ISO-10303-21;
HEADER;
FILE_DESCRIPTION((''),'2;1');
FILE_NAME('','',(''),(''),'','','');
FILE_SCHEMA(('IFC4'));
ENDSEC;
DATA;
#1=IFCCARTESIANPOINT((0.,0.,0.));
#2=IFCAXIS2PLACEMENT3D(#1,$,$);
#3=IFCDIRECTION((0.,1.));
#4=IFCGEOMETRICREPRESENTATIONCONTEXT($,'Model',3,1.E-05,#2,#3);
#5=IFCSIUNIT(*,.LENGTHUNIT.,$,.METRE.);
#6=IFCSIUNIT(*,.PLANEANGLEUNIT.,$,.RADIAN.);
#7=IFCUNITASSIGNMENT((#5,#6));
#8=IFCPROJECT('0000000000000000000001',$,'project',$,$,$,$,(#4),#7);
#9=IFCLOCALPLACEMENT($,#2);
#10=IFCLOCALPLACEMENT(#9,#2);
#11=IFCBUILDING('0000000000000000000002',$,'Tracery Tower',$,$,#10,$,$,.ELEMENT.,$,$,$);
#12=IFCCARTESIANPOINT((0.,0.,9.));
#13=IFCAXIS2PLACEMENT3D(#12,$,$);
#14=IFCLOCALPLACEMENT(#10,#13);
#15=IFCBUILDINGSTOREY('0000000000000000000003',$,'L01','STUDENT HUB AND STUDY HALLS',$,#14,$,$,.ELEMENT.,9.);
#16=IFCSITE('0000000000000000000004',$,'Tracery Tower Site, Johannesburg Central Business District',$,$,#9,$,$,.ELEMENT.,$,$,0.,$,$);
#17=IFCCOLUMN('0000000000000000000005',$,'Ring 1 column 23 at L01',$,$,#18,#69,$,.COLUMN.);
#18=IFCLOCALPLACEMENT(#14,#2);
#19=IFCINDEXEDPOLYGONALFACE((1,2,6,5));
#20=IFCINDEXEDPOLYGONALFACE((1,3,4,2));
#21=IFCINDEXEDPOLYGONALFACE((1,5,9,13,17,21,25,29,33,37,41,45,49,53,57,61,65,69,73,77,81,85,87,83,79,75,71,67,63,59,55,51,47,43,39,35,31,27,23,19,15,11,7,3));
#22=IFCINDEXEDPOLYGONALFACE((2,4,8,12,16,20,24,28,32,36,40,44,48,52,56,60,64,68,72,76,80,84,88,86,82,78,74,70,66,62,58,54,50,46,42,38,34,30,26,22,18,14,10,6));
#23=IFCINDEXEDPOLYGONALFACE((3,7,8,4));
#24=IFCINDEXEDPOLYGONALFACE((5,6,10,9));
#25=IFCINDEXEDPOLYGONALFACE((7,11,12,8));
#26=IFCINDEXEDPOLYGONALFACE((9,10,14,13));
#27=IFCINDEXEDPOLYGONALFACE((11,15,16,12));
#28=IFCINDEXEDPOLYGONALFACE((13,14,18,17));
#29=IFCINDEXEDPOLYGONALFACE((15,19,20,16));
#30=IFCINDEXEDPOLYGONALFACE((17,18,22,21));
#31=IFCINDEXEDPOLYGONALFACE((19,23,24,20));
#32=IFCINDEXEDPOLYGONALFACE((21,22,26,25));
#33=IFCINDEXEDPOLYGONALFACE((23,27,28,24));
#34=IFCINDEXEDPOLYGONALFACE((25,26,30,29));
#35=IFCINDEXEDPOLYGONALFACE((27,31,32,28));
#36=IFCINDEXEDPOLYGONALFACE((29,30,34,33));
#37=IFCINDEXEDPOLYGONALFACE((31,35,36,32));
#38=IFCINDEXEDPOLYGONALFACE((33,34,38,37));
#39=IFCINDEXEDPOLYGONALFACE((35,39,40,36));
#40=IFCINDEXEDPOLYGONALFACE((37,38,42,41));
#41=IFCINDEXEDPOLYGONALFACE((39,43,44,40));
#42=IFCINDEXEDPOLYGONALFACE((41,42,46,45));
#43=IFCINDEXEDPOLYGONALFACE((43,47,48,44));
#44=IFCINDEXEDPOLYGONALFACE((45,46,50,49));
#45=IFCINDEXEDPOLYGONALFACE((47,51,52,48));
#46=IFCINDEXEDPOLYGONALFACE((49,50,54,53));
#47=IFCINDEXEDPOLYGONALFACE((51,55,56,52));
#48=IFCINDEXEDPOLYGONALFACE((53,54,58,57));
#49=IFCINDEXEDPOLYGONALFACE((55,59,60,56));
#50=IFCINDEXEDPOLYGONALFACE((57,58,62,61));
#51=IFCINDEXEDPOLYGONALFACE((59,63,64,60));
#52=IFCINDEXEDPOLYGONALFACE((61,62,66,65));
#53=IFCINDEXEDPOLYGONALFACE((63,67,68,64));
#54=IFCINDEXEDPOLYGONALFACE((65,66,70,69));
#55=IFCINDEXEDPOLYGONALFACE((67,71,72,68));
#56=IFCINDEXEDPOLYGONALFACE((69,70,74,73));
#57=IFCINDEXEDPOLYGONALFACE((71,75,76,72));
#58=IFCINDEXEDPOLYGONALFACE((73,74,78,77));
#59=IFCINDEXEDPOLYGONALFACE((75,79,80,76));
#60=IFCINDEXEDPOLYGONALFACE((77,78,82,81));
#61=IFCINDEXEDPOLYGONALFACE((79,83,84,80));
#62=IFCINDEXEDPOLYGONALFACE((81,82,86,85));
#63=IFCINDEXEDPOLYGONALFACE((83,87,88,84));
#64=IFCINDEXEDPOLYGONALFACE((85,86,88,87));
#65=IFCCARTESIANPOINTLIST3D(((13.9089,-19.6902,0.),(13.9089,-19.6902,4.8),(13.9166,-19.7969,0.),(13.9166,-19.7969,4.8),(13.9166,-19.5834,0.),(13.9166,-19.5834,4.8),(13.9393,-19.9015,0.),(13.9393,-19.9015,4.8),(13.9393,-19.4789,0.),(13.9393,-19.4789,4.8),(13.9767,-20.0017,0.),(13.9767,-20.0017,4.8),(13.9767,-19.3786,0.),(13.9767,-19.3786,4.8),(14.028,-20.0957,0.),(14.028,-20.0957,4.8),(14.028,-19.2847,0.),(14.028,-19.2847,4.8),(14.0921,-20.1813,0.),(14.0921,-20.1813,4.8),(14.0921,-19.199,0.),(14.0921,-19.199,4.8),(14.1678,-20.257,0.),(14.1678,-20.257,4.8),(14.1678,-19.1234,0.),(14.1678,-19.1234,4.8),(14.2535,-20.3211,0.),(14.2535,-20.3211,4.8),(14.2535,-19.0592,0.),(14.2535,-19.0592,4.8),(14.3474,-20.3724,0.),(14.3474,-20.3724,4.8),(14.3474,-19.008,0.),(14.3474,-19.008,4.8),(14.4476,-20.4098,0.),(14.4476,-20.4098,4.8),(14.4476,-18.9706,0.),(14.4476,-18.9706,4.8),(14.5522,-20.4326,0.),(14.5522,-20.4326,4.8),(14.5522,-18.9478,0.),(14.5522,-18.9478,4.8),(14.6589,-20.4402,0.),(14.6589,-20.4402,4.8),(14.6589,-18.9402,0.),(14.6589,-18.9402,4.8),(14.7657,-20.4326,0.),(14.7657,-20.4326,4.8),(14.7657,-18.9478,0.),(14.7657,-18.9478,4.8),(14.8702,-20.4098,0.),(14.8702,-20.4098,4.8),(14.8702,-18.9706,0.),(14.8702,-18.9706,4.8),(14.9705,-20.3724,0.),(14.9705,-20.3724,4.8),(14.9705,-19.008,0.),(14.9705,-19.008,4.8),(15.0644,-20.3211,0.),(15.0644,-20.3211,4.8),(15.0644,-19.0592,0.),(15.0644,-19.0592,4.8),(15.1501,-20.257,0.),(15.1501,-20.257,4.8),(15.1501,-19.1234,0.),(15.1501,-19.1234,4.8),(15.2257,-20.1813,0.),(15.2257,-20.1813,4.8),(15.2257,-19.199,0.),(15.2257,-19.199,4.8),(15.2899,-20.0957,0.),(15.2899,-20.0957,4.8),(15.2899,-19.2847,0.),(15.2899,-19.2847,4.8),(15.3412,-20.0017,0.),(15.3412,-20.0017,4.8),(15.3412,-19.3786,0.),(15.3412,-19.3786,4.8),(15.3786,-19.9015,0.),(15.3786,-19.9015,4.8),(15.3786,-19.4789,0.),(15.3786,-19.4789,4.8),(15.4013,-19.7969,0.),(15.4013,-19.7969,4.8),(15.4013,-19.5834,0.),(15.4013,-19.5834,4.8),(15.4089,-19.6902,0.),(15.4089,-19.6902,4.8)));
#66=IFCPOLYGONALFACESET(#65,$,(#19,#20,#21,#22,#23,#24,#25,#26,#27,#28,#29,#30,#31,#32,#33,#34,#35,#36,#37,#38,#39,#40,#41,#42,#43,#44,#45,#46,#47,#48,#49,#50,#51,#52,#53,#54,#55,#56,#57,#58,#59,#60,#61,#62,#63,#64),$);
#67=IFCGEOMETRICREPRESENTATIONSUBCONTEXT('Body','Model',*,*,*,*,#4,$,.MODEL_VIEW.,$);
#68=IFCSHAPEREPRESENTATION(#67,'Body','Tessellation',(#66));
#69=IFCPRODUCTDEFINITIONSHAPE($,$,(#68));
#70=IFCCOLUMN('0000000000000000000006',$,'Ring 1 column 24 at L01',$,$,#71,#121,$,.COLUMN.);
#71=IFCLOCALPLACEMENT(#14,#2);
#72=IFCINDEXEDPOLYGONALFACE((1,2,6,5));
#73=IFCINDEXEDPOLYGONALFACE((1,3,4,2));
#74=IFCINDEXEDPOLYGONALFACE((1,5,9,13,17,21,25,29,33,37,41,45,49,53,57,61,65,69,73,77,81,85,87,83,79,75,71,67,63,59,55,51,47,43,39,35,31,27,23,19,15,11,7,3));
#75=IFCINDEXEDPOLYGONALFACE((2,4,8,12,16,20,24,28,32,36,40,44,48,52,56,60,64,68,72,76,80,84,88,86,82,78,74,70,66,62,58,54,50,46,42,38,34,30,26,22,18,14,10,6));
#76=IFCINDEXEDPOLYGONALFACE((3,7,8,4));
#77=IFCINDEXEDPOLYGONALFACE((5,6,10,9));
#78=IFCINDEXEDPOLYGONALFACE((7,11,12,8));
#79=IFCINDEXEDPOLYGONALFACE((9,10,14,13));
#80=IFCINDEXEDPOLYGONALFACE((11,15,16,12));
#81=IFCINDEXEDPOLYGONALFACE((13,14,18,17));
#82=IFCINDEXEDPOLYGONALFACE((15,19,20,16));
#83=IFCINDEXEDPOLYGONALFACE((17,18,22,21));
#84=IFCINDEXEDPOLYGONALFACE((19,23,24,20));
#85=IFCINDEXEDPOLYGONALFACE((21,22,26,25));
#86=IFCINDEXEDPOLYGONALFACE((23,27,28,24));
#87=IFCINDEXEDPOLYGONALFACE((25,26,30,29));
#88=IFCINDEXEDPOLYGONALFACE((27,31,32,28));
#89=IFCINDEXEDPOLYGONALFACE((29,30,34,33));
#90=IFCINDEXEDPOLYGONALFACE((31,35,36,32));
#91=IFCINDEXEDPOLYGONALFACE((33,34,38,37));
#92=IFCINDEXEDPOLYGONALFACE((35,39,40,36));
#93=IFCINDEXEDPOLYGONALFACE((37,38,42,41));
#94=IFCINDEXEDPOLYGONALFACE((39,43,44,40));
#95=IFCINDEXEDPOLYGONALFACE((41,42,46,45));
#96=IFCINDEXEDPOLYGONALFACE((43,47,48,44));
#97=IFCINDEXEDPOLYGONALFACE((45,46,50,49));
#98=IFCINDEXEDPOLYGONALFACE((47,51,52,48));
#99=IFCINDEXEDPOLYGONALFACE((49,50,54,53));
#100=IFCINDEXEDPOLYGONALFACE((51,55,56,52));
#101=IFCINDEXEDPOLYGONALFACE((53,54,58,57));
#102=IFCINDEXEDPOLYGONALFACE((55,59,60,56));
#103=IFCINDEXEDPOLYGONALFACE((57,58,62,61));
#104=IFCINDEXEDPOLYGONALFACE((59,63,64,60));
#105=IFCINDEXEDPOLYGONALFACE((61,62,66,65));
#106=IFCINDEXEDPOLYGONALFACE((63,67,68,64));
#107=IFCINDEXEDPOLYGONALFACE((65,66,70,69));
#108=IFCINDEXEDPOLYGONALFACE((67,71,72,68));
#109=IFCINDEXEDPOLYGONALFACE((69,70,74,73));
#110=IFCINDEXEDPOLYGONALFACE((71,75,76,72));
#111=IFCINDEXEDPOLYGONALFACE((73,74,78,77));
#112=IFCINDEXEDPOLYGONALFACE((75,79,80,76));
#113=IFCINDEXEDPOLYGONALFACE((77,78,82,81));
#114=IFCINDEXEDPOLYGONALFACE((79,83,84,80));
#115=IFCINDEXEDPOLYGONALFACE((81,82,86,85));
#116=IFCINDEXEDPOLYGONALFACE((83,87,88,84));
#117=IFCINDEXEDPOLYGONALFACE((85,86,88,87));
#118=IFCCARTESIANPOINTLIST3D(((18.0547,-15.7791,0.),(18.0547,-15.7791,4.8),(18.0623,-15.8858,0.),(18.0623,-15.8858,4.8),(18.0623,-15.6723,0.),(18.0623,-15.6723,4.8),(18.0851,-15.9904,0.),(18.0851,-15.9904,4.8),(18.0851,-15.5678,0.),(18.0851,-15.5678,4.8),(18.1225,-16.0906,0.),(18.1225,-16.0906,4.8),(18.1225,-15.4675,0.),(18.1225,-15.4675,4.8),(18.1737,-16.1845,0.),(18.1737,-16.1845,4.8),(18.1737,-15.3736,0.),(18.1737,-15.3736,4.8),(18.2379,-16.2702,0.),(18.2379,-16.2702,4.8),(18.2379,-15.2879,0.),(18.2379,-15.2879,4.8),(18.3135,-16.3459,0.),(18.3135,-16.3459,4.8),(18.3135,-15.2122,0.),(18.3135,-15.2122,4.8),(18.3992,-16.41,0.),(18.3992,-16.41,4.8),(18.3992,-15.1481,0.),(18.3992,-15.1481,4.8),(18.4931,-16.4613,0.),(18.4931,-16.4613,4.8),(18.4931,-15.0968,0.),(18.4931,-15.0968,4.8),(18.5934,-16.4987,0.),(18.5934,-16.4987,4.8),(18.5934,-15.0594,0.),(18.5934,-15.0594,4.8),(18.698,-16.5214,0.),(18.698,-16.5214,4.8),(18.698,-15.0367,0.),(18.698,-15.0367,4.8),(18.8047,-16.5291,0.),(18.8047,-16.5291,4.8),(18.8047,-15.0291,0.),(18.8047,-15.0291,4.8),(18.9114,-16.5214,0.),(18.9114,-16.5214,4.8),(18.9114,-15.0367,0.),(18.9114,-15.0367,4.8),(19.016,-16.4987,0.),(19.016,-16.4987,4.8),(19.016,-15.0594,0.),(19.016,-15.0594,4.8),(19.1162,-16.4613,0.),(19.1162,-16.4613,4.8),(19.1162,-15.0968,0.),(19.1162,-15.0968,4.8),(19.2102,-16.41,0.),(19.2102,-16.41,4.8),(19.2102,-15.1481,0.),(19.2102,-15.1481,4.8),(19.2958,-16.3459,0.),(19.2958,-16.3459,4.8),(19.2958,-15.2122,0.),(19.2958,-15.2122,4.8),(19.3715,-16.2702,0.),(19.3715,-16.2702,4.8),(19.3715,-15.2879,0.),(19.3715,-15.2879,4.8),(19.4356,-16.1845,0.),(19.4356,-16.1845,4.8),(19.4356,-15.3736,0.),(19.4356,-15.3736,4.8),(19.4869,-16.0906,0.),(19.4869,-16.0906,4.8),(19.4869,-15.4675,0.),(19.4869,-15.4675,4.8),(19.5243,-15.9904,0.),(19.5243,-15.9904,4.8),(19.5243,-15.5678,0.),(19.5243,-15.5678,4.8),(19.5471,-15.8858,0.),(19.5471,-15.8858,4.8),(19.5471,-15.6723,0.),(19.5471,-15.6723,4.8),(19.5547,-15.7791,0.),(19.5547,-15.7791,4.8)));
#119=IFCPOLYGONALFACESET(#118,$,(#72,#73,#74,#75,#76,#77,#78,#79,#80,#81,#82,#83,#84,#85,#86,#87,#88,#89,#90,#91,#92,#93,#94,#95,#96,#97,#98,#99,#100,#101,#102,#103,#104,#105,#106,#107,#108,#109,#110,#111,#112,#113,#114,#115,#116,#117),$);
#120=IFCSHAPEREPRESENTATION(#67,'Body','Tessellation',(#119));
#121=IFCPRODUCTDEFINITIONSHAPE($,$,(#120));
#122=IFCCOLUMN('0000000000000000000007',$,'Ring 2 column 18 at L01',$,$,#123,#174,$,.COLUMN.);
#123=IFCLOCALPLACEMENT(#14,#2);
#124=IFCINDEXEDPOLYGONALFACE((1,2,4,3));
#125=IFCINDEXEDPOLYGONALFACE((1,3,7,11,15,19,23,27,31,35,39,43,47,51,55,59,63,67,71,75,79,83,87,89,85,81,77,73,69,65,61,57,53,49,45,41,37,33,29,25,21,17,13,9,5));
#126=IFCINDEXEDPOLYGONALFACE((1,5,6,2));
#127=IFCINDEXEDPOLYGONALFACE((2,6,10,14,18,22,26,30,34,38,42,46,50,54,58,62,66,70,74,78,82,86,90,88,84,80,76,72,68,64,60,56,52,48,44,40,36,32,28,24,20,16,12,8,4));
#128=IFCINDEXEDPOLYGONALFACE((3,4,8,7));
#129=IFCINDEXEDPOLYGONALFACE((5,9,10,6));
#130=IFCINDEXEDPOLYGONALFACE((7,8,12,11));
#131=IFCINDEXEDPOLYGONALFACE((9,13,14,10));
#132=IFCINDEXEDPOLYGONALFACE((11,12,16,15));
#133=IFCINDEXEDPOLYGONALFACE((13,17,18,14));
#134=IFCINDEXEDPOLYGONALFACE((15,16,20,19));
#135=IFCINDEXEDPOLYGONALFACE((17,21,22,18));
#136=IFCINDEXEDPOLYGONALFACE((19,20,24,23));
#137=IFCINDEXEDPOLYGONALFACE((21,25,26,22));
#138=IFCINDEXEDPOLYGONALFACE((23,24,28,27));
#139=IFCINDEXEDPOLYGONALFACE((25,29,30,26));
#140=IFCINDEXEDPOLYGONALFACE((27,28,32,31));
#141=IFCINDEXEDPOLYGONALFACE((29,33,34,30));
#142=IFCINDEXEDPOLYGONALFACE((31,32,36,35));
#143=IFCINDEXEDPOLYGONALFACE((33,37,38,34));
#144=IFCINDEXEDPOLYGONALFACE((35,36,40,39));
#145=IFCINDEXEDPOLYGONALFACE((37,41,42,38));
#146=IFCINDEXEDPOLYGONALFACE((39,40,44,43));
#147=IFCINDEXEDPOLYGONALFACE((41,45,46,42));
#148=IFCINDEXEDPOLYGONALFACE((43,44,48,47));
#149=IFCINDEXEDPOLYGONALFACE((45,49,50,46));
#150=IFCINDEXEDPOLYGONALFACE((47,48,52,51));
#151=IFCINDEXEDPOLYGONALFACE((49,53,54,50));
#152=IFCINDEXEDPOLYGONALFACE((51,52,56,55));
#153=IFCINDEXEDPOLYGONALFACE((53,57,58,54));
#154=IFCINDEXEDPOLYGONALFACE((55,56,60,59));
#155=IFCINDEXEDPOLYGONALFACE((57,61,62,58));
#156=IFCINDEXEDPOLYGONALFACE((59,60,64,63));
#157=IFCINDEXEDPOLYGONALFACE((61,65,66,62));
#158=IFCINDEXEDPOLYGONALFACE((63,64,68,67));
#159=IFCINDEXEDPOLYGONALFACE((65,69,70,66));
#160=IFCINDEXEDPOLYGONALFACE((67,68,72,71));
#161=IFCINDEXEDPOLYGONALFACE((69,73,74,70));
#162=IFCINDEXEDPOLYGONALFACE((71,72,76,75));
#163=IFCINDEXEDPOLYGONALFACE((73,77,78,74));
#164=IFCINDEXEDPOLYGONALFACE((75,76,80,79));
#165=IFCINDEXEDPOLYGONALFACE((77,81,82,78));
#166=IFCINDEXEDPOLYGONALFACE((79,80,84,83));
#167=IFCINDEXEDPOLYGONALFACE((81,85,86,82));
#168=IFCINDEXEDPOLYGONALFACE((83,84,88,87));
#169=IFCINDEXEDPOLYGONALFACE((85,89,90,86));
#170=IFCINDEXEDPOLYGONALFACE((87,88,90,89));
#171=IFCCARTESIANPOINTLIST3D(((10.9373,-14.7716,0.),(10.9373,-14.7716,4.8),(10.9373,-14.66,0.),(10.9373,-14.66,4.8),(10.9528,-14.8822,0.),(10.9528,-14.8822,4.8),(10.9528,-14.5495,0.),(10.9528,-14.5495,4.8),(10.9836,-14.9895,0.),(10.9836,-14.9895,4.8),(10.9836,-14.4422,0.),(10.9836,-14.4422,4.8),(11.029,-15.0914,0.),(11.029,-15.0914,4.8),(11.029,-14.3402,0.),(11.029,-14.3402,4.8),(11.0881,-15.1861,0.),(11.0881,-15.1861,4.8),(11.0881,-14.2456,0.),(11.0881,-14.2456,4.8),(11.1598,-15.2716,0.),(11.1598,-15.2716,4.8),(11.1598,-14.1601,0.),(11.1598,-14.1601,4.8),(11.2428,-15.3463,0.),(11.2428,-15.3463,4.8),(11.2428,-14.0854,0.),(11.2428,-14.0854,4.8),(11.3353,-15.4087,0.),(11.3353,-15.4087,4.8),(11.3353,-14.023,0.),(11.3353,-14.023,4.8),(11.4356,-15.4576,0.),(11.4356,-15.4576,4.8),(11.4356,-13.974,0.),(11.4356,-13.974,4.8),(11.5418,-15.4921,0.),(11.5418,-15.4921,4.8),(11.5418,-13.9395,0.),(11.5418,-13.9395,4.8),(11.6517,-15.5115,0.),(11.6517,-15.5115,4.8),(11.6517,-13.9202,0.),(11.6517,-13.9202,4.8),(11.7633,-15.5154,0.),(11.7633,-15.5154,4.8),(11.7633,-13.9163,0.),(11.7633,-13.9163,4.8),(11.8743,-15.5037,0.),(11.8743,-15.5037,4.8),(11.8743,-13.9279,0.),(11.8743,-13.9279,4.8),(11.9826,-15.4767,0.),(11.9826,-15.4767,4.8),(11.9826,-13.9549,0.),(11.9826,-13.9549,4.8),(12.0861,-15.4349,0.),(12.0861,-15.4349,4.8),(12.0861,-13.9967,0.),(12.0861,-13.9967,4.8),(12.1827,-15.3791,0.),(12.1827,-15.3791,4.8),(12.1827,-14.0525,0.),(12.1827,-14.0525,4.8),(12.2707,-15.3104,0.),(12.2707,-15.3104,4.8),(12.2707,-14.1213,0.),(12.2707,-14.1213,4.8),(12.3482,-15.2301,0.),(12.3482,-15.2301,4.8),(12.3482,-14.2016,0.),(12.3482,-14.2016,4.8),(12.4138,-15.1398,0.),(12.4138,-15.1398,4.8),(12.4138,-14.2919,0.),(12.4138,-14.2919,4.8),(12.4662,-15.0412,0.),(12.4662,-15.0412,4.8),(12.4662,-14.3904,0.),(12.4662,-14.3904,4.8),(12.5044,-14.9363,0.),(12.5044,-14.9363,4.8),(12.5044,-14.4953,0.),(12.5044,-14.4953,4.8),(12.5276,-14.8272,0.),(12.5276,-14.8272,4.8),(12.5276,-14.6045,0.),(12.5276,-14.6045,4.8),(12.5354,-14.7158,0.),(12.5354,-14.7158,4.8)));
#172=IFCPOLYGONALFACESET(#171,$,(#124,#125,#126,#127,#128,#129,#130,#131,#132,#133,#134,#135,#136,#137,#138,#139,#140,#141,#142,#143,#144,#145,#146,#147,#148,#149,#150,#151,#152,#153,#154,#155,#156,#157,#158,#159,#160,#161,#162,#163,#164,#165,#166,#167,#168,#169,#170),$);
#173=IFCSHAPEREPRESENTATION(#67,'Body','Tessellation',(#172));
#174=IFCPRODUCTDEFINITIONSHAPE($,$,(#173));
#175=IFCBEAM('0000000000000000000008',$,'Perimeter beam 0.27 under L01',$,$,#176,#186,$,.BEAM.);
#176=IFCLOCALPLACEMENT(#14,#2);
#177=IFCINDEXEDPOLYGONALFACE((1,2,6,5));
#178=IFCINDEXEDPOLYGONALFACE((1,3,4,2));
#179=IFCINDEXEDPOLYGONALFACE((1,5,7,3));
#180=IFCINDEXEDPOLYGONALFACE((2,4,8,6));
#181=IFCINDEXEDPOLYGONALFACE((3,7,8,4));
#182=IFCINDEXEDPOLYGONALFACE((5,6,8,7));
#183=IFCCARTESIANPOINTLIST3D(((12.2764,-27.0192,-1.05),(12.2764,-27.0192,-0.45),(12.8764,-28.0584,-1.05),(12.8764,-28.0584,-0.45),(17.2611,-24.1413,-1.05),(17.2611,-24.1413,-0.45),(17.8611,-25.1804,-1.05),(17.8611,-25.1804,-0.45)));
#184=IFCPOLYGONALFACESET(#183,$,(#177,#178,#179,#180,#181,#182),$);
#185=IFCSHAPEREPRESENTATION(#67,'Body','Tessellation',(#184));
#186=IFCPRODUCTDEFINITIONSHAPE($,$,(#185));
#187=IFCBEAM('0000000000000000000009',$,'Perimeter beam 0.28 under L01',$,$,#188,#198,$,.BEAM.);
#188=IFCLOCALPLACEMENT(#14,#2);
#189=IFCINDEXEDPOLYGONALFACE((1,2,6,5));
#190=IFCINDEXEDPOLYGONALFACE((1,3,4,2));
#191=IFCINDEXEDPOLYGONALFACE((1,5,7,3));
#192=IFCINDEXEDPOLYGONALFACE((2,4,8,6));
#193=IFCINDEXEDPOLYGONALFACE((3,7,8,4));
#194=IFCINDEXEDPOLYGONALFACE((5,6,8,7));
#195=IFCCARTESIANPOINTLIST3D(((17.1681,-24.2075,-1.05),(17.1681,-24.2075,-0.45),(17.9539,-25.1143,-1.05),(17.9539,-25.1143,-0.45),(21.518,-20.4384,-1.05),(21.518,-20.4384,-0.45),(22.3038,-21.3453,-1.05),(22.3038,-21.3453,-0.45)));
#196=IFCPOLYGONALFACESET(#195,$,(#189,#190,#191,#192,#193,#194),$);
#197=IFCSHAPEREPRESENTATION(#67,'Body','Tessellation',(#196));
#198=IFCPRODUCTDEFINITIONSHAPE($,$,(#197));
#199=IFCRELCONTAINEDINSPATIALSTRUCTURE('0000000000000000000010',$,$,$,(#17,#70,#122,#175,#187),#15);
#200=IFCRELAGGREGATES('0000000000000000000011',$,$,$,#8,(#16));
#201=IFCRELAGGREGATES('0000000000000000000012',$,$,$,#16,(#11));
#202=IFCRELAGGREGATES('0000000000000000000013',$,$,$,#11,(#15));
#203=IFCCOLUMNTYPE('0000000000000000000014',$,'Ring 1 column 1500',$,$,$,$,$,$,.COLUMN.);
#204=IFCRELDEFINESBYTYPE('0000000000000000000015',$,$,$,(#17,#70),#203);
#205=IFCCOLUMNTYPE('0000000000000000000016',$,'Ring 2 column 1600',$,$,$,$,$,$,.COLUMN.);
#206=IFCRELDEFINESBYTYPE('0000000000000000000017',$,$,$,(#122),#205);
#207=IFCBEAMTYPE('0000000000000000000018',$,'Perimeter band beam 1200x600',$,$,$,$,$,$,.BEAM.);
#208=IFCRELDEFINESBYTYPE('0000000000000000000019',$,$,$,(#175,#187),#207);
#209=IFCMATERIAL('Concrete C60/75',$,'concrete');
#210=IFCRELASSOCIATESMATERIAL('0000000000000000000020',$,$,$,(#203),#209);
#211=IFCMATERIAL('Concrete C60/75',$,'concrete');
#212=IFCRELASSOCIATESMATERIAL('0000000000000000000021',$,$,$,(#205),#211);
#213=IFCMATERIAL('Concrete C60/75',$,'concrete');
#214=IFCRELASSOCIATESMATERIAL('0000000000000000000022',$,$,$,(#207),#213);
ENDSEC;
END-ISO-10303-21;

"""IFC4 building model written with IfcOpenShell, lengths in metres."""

from ifc_helpers import new_model, si_unit, direction, frame, origin, origin_2d, place, context, subcontext, project, spatial, rectangle, circle, extrude, material, material_profile, profile_set, type_object, element, save


model = new_model("IFC4")

# Units and contexts
model_context = context("Model", 3, precision=1e-05, world=origin(), true_north=direction((0.0, 1.0)))
body_context = subcontext(model_context, "Body", "Model", "MODEL_VIEW")
ifc_project = project(units=[si_unit("LENGTHUNIT", "METRE"), si_unit("PLANEANGLEUNIT", "RADIAN")], contexts=[model_context])

# Site, building, storey
site_placement = place(None, origin())
site = spatial("IfcSite", under=ifc_project, at=site_placement, Name="Tracery Tower Site, Johannesburg Central Business District", CompositionType="ELEMENT", RefElevation=0.0)
building_placement = place(site_placement, origin())
building = spatial("IfcBuilding", under=site, at=building_placement, Name="Tracery Tower", CompositionType="ELEMENT")
storey_placement = place(building_placement, frame((0.0, 0.0, 9.0)))
storey = spatial("IfcBuildingStorey", under=building, at=storey_placement, Name="L01", Description="STUDENT HUB AND STUDY HALLS", CompositionType="ELEMENT", Elevation=9.0)

# Columns
ifc_material_1 = material(Name="Concrete C60/75", Category="concrete")
ifc_material_profile_1 = material_profile(ifc_material_1, circle(Radius=0.75, at=origin_2d()), Name="RC D1500")
ifc_profile_set_1 = profile_set([ifc_material_profile_1], Name="Concrete C60/75")
column_type_1 = type_object("IfcColumnType", Name="Ring 1 column 1500", PredefinedType="COLUMN", material=ifc_profile_set_1)
for number, where, z_axis, x_axis, name in (
    (1, (14.6589, -19.6902, 0.0), (0.0, 0.0, 1.0), (1.0, 0.0, 0.0), "Ring 1 column 23 at L01"),
    (2, (18.8047, -15.7791, 0.0), (0.0, 0.0, 1.0), (1.0, 0.0, 0.0), "Ring 1 column 24 at L01"),
):
    element("IfcColumn", number, at=place(storey_placement, frame(where, z_axis=z_axis, x_axis=x_axis)), inside=storey, type_object=column_type_1, Name=name, PredefinedType="COLUMN", context=body_context, shape_type="SweptSolid", body=[
        extrude(circle(Radius=0.75, at=origin_2d()), origin(), (0.0, 0.0, 1.0), 4.8),
    ])
ifc_material_2 = material(Name="Concrete C60/75", Category="concrete")
ifc_material_profile_2 = material_profile(ifc_material_2, circle(Radius=0.8, at=origin_2d()), Name="RC D1600")
ifc_profile_set_2 = profile_set([ifc_material_profile_2], Name="Concrete C60/75")
column_type_2 = type_object("IfcColumnType", Name="Ring 2 column 1600", PredefinedType="COLUMN", material=ifc_profile_set_2)
column_placement = place(storey_placement, frame((11.7354, -14.7158, 0.0), z_axis=(0.0, 0.0, 1.0), x_axis=(1.0, 0.0, 0.0)))
element("IfcColumn", 3, at=column_placement, inside=storey, type_object=column_type_2, Name="Ring 2 column 18 at L01", PredefinedType="COLUMN", context=body_context, shape_type="SweptSolid", body=[
    extrude(circle(Radius=0.8, at=origin_2d()), origin(), (0.0, 0.0, 1.0), 4.8),
])

# Beams
ifc_material_3 = material(Name="Concrete C60/75", Category="concrete")
ifc_material_profile_3 = material_profile(ifc_material_3, rectangle(XDim=1.2, YDim=0.6001, at=origin_2d()), Name="RC 1200x600")
ifc_profile_set_3 = profile_set([ifc_material_profile_3], Name="Concrete C60/75")
beam_type = type_object("IfcBeamType", Name="Perimeter band beam 1200x600", PredefinedType="BEAM", material=ifc_profile_set_3)
beam_1_placement = place(storey_placement, frame((12.5764, -27.5388, -0.75), z_axis=(0.866021, 0.500008, 0.0), x_axis=(-0.500008, 0.866021, 0.0)))
element("IfcBeam", 4, at=beam_1_placement, inside=storey, type_object=beam_type, Name="Perimeter beam 0.27 under L01", PredefinedType="BEAM", context=body_context, shape_type="SweptSolid", body=[
    extrude(rectangle(XDim=1.2, YDim=0.6001, at=origin_2d()), origin(), (0.0, 0.0, 1.0), 5.7559),
])
beam_2_placement = place(storey_placement, frame((17.561, -24.6609, -0.75), z_axis=(0.75576, 0.654848, 0.0), x_axis=(-0.654848, 0.75576, 0.0)))
element("IfcBeam", 5, at=beam_2_placement, inside=storey, type_object=beam_type, Name="Perimeter beam 0.28 under L01", PredefinedType="BEAM", context=body_context, shape_type="SweptSolid", body=[
    extrude(rectangle(XDim=1.2, YDim=0.6001, at=origin_2d()), origin(), (0.0, 0.0, 1.0), 5.7556),
])

save(model, "model.ifc")
